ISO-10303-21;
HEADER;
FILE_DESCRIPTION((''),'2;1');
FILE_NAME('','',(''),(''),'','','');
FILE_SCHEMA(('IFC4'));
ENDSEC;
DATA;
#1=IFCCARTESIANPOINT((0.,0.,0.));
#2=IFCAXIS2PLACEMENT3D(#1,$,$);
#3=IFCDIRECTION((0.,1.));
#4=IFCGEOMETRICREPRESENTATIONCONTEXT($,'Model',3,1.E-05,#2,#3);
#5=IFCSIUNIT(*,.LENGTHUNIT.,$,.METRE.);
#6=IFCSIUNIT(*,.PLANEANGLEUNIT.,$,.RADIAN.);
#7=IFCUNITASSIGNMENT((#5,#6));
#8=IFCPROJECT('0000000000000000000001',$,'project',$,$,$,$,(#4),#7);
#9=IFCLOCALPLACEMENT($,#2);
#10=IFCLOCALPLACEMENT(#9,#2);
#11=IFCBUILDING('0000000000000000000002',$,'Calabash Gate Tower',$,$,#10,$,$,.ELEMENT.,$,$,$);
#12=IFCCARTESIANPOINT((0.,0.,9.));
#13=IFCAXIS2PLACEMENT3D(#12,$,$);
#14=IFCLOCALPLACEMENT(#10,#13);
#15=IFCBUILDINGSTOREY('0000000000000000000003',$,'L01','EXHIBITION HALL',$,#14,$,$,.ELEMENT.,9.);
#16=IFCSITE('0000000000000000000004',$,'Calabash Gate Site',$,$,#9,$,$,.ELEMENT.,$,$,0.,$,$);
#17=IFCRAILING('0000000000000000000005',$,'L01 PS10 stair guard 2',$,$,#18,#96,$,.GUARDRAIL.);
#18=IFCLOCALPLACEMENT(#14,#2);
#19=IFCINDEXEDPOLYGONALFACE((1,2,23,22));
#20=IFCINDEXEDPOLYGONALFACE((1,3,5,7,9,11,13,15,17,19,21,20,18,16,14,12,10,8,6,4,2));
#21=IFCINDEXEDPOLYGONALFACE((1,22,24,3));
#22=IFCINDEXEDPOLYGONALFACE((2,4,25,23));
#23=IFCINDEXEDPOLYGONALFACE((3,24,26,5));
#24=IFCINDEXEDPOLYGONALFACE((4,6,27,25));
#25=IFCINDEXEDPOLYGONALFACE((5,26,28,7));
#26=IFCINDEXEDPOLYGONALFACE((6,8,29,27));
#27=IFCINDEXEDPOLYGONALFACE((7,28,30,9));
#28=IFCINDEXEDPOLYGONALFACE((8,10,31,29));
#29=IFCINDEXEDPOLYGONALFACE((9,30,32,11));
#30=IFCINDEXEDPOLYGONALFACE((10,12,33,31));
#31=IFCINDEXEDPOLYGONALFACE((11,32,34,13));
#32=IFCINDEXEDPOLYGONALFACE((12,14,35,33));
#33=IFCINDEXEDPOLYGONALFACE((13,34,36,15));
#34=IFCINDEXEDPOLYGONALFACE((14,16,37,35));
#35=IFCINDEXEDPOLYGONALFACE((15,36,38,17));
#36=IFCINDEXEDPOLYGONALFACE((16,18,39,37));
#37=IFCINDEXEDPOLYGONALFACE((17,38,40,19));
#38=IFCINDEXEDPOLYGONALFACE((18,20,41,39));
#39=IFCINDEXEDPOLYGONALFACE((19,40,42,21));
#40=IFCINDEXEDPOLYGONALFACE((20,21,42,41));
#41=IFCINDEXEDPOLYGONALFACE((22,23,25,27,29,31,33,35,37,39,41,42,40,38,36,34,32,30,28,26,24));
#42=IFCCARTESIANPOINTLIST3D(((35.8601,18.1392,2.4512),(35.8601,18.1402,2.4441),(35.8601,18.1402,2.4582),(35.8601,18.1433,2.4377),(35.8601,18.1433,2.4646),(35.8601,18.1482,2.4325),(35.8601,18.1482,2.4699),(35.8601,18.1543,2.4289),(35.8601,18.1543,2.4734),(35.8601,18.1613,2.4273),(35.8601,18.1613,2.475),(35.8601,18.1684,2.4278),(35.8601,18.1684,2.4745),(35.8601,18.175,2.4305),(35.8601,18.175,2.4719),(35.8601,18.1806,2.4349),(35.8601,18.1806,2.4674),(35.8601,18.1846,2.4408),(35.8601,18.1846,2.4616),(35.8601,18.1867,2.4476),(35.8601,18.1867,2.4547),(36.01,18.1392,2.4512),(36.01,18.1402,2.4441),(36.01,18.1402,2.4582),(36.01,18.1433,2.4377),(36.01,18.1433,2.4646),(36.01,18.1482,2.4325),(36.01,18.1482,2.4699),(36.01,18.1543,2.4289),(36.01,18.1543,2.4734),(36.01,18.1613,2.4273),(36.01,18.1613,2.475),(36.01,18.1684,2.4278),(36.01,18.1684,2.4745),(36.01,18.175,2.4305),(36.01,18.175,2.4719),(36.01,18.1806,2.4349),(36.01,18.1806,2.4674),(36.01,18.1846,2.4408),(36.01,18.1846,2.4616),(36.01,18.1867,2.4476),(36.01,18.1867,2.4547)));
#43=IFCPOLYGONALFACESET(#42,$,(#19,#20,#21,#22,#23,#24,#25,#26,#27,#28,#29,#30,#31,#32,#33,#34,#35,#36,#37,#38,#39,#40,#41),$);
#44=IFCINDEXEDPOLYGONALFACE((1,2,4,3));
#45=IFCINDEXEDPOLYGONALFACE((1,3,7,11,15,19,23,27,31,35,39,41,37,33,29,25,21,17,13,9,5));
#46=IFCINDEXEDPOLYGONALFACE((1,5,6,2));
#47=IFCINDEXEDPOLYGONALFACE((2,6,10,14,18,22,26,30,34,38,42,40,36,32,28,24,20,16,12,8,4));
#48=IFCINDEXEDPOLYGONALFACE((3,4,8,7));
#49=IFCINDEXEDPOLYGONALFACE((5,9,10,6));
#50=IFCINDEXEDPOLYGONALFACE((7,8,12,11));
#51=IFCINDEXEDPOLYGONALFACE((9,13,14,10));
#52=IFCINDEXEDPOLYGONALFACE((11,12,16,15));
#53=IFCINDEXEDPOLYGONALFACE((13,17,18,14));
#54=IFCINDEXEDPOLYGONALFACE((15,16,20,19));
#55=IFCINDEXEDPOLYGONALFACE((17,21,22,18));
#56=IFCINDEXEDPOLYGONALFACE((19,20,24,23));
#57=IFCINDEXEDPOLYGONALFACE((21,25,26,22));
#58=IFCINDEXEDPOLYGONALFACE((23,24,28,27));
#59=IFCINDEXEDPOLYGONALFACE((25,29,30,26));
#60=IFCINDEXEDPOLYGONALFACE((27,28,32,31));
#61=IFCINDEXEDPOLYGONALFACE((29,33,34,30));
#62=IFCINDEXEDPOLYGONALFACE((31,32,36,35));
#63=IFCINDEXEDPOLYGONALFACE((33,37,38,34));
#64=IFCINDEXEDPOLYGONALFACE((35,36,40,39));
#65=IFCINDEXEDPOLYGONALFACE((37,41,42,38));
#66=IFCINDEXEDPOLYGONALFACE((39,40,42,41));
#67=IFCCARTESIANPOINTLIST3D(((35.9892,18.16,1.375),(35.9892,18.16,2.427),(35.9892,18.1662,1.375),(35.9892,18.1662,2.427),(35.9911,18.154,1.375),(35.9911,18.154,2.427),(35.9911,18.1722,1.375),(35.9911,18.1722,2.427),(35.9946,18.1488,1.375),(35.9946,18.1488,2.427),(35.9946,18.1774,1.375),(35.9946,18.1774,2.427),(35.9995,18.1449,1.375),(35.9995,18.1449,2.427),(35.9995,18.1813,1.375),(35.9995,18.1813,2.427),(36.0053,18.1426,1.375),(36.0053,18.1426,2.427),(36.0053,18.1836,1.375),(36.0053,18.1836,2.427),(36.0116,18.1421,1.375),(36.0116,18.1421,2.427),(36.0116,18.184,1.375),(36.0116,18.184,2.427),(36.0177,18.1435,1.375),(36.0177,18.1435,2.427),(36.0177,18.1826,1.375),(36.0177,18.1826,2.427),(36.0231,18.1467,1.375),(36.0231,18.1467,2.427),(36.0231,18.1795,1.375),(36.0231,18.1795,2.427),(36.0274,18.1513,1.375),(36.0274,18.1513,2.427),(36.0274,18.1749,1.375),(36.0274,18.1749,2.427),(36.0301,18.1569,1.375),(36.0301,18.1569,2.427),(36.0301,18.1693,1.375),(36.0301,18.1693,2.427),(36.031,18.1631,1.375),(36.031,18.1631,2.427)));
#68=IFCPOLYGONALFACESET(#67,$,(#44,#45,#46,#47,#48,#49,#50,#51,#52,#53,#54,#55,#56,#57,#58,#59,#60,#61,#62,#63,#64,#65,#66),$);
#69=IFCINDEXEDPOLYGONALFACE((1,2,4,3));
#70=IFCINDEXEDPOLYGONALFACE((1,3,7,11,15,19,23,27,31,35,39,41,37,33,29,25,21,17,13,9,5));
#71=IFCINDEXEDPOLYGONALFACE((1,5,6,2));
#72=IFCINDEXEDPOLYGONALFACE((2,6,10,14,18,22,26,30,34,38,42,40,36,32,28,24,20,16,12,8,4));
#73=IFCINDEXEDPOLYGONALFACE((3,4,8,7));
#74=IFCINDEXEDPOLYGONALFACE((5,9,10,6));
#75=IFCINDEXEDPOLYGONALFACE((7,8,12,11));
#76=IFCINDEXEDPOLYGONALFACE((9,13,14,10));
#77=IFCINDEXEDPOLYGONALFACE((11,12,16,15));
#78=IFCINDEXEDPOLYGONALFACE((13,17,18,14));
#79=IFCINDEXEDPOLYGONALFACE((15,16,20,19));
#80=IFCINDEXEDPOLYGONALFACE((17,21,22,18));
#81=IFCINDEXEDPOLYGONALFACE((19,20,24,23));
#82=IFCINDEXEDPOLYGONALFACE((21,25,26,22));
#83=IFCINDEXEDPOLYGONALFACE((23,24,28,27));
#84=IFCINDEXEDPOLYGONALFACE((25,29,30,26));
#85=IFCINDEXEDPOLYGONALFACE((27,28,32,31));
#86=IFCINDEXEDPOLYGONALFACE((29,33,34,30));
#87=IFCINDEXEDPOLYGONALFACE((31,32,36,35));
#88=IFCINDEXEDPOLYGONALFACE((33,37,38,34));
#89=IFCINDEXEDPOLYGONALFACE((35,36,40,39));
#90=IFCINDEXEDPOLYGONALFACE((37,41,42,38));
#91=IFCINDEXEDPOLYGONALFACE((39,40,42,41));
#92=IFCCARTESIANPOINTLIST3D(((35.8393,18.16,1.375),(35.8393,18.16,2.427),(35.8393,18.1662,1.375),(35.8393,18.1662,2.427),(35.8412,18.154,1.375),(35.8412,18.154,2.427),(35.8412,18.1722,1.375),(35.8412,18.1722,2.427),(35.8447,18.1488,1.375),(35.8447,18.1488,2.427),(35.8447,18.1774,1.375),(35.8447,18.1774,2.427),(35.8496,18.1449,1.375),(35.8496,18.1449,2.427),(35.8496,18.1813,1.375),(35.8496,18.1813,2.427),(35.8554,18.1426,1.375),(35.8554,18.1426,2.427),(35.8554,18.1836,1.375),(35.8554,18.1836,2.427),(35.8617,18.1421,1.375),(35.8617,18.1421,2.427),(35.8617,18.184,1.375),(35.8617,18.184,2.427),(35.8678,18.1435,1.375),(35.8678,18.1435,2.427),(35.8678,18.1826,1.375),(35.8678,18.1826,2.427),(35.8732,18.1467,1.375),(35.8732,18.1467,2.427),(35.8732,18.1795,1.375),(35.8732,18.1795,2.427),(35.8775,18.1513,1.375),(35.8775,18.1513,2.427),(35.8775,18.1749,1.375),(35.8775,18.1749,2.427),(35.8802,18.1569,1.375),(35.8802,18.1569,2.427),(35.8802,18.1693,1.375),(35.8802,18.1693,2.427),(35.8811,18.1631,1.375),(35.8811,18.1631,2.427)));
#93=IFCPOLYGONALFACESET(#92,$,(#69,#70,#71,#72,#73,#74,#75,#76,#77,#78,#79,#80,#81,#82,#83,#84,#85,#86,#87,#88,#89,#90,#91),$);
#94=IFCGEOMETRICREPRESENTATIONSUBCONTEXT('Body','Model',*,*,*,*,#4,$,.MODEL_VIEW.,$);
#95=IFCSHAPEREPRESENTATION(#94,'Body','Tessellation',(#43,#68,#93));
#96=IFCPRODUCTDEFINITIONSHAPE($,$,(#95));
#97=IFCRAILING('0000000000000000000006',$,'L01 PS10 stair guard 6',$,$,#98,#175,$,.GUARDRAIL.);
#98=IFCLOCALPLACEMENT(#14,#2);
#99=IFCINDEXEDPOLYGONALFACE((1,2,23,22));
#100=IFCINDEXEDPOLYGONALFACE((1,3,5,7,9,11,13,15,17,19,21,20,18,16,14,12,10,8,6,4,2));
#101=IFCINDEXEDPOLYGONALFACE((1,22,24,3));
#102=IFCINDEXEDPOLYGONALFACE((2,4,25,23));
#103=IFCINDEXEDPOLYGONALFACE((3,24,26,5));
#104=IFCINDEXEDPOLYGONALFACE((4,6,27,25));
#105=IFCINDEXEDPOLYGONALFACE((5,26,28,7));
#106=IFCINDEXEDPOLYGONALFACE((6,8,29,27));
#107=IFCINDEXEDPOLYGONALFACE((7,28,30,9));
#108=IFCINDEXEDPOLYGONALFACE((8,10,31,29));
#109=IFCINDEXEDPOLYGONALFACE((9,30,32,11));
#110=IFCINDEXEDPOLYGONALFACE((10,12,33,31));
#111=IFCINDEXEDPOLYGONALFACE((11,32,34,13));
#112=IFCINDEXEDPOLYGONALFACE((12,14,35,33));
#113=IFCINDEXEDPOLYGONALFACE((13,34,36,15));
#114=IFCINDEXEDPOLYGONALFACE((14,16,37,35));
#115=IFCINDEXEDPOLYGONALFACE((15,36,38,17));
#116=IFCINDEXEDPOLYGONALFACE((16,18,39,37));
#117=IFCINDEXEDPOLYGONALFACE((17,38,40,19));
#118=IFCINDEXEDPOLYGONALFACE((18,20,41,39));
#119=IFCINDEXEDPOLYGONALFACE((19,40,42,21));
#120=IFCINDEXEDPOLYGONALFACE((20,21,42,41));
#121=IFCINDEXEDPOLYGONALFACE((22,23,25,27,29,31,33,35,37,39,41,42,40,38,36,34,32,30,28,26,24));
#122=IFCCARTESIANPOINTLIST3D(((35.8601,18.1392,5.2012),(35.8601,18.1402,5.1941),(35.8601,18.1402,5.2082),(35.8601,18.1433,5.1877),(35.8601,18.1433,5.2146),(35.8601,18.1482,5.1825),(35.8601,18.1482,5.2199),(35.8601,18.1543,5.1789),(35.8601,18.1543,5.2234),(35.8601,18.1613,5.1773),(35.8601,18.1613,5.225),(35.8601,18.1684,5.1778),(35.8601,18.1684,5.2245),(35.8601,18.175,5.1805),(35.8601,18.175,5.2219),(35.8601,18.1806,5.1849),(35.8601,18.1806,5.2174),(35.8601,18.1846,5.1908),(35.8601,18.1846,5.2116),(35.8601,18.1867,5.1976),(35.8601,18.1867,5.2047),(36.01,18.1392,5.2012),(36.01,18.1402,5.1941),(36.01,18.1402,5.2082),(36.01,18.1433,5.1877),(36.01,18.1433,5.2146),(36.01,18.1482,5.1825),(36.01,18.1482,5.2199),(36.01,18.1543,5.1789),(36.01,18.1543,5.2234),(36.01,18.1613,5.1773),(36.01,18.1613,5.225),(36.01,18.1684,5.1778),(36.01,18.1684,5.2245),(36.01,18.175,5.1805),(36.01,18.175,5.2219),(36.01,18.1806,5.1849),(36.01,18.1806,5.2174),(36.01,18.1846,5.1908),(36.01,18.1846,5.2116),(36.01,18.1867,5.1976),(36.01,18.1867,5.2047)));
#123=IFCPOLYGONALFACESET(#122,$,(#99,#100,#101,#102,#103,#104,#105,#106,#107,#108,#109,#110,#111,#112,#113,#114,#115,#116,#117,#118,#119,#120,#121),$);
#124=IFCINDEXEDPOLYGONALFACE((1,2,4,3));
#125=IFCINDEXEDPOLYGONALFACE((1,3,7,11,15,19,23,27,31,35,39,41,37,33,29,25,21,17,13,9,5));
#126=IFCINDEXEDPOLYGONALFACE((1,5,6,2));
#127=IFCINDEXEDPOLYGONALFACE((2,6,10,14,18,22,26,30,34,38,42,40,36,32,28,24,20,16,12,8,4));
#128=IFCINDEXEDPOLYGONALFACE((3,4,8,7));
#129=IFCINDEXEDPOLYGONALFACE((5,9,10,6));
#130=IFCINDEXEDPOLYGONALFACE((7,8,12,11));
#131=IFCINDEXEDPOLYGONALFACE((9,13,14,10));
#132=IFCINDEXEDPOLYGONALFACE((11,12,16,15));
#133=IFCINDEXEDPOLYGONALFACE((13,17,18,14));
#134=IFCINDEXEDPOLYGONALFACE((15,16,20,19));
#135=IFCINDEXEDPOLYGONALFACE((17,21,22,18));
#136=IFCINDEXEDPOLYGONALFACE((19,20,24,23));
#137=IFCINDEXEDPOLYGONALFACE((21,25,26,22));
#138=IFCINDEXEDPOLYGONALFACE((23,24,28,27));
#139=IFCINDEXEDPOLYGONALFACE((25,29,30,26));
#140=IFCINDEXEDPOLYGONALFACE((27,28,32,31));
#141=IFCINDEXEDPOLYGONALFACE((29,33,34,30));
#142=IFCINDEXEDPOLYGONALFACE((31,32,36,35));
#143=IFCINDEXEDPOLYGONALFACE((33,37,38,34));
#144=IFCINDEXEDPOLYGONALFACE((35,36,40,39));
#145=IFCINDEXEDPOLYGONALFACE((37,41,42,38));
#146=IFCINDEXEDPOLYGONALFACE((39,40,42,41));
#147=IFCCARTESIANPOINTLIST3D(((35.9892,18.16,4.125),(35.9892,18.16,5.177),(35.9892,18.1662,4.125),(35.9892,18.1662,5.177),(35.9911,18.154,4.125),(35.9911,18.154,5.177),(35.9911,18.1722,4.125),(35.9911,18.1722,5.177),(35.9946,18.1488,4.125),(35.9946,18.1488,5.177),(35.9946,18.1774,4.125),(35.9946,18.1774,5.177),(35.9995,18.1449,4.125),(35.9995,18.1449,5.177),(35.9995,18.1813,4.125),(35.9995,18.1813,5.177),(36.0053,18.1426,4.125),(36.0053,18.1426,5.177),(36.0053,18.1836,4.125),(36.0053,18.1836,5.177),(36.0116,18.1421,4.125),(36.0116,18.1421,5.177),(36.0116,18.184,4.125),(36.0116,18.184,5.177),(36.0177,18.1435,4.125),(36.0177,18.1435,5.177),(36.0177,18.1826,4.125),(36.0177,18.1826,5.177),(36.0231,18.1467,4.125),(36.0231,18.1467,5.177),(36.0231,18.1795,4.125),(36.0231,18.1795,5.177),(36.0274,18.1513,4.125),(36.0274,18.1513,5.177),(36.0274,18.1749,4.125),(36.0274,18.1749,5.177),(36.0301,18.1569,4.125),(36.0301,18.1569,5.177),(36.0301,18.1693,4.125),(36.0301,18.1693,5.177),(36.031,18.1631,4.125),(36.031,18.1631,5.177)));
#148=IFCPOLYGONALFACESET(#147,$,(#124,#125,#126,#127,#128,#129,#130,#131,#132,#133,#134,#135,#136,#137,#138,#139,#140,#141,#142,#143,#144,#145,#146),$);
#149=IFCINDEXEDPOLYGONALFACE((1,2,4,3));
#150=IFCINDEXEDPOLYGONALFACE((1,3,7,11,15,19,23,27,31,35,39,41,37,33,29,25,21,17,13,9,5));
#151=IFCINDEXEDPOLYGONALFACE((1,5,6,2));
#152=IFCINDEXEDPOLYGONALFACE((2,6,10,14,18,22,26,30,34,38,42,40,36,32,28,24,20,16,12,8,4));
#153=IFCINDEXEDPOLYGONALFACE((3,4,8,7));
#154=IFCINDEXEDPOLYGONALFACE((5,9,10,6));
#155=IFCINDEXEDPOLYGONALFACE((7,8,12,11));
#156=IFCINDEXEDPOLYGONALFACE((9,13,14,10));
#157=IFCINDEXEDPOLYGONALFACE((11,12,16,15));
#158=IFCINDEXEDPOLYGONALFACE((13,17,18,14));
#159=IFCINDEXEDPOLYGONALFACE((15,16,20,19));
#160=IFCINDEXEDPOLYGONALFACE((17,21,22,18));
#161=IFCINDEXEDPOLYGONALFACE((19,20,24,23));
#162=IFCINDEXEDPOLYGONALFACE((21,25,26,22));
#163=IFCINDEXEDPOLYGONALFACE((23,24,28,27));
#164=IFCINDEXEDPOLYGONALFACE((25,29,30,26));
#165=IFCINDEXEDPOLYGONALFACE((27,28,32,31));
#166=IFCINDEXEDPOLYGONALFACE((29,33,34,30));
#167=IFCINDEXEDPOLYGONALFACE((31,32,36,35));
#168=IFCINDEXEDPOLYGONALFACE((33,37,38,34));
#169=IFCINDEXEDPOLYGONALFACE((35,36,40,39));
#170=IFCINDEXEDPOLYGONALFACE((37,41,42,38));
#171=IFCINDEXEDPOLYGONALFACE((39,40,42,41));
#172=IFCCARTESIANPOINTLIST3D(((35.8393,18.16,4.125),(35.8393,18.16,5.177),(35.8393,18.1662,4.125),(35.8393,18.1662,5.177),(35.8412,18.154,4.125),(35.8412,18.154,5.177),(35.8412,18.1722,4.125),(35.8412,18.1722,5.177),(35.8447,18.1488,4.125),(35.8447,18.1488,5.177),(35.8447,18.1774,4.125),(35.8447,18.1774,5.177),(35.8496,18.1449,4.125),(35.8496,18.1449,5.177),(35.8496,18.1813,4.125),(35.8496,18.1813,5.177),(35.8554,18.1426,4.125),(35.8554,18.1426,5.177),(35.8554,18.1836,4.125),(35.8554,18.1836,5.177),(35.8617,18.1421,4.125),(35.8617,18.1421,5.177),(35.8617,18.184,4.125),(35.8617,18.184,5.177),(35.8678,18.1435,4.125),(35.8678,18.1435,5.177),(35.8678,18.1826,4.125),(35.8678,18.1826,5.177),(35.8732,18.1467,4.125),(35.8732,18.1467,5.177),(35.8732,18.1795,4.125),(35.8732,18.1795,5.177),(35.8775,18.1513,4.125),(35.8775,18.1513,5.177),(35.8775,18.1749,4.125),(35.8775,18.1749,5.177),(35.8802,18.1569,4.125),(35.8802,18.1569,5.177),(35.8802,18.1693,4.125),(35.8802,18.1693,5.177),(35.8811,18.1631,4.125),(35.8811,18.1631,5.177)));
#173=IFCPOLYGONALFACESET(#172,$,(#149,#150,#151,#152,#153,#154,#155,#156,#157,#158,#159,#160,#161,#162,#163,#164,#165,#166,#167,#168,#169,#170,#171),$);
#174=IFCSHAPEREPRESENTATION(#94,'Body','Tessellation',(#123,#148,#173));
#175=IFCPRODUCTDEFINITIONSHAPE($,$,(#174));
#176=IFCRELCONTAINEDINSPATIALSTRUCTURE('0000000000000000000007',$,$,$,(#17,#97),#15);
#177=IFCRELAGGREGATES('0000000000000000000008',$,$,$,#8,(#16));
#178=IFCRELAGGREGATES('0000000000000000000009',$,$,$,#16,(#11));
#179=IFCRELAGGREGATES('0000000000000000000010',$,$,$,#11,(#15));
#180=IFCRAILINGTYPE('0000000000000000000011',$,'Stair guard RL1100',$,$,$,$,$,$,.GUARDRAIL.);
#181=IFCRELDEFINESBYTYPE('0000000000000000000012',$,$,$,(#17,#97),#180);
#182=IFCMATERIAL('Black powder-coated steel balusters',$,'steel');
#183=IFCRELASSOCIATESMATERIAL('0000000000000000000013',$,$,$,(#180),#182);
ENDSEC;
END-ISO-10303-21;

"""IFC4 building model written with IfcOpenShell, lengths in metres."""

from ifc_helpers import new_model, si_unit, direction, frame, origin, origin_2d, place, context, subcontext, project, spatial, circle, extrude, material, type_object, element, save


model = new_model("IFC4")

# Units and contexts
model_context = context("Model", 3, precision=1e-05, world=origin(), true_north=direction((0.0, 1.0)))
body_context = subcontext(model_context, "Body", "Model", "MODEL_VIEW")
ifc_project = project(units=[si_unit("LENGTHUNIT", "METRE"), si_unit("PLANEANGLEUNIT", "RADIAN")], contexts=[model_context])

# Site, building, storey
site_placement = place(None, origin())
site = spatial("IfcSite", under=ifc_project, at=site_placement, Name="Calabash Gate Site", CompositionType="ELEMENT", RefElevation=0.0)
building_placement = place(site_placement, origin())
building = spatial("IfcBuilding", under=site, at=building_placement, Name="Calabash Gate Tower", CompositionType="ELEMENT")
storey_placement = place(building_placement, frame((0.0, 0.0, 9.0)))
storey = spatial("IfcBuildingStorey", under=building, at=storey_placement, Name="L01", Description="EXHIBITION HALL", CompositionType="ELEMENT", Elevation=9.0)

# Railings
ifc_material_1 = material(Name="Black powder-coated steel balusters", Category="steel")
railing_type_1 = type_object("IfcRailingType", Name="Stair guard RL1100", PredefinedType="GUARDRAIL", material=ifc_material_1)
for number, where, name in (
    (1, (36.01, 18.1631, 1.375), "L01 PS10 stair guard 2"),
    (2, (36.01, 18.1631, 4.125), "L01 PS10 stair guard 6"),
):
    element("IfcRailing", number, at=place(storey_placement, frame(where)), inside=storey, type_object=railing_type_1, Name=name, PredefinedType="GUARDRAIL", context=body_context, shape_type="SweptSolid", body=[
        extrude(circle(Radius=0.0239, at=origin_2d()), frame((0.0, 0.0, 1.0762), z_axis=(-1.0, 0.0, 0.0), x_axis=(0.0, -1.0, 0.0)), (0.0, 0.0, 1.0), 0.1499),
        extrude(circle(Radius=0.021, at=origin_2d()), origin(), (0.0, 0.0, 1.0), 1.052),
        extrude(circle(Radius=0.021, at=origin_2d()), frame((-0.1499, 0.0, 0.0)), (0.0, 0.0, 1.0), 1.052),
    ])

save(model, "model.ifc")
